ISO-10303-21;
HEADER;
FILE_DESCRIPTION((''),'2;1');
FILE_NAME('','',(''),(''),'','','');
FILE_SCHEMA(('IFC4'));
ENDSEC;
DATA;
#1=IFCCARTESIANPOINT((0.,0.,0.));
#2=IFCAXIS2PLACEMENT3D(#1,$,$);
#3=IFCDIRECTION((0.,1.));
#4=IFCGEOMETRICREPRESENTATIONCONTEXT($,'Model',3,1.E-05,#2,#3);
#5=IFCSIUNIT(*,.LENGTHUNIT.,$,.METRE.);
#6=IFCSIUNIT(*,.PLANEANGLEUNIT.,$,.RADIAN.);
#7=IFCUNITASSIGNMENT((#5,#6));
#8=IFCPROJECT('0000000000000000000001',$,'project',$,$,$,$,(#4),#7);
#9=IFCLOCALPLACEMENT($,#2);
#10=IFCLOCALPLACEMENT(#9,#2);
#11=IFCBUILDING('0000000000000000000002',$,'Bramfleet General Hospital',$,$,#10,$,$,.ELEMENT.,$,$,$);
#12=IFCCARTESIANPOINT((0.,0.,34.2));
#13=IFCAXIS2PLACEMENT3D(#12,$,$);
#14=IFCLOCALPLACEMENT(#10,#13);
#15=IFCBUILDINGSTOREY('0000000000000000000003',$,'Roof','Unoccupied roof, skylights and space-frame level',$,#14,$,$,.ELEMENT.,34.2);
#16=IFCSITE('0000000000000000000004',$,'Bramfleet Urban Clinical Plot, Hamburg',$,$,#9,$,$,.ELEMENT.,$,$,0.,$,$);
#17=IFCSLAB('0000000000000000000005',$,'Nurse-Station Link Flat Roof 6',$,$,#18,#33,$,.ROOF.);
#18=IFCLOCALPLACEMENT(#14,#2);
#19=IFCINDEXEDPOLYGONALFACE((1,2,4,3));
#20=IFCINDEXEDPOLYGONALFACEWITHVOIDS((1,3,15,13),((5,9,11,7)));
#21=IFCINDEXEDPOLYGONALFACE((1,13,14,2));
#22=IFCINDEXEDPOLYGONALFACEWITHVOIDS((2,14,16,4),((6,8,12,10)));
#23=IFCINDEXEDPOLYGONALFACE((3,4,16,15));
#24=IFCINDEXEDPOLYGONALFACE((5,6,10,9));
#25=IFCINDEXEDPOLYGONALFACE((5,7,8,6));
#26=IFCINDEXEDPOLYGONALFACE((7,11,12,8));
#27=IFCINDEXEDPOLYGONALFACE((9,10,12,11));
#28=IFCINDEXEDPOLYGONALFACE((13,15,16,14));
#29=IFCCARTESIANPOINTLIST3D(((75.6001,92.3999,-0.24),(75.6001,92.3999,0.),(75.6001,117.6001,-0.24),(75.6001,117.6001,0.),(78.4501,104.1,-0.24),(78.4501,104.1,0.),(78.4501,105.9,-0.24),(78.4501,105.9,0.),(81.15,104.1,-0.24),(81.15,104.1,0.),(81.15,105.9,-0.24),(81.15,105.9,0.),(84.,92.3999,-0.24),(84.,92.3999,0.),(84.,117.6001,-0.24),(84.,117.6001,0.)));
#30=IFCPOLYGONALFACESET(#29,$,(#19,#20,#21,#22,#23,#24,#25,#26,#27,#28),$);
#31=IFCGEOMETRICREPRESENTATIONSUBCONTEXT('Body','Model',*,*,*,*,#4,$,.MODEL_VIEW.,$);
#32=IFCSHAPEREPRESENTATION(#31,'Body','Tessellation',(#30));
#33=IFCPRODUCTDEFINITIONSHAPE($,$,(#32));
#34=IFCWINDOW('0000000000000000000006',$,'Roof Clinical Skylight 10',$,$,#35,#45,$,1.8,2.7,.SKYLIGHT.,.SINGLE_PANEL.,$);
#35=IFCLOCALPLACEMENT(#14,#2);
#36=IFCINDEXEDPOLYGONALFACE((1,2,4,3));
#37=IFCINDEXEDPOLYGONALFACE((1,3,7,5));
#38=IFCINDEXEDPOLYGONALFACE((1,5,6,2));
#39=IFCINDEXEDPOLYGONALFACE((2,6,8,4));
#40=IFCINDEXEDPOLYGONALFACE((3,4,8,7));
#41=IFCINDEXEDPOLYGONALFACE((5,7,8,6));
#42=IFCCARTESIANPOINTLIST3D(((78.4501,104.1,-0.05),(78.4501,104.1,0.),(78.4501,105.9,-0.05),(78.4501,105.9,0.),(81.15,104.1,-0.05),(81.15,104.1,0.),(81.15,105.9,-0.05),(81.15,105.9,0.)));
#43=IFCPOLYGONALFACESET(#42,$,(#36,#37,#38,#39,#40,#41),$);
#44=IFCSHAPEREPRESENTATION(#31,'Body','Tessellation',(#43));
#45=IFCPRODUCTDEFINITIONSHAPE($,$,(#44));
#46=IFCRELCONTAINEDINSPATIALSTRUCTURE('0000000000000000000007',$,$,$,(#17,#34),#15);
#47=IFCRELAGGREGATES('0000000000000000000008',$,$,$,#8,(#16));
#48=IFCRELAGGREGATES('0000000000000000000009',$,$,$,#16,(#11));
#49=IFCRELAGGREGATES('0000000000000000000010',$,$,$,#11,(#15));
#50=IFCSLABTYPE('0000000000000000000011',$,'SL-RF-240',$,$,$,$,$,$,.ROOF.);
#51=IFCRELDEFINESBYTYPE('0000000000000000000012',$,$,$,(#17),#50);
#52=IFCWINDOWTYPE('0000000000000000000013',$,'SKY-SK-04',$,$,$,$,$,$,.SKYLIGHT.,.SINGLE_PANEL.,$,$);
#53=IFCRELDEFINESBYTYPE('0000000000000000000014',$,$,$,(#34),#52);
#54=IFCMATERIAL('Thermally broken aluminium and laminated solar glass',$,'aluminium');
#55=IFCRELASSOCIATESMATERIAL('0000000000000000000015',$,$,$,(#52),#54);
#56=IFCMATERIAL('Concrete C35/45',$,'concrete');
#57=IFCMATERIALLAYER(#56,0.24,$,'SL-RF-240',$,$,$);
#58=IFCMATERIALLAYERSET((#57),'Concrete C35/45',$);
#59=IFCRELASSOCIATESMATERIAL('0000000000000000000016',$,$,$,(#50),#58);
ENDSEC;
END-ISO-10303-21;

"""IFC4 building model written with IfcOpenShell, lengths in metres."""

from ifc_helpers import new_model, si_unit, direction, frame, origin, origin_2d, place, context, subcontext, project, spatial, polyline, rectangle, outline, extrude, material, layer, layer_set, type_object, element, fill, save


model = new_model("IFC4")

# Units and contexts
model_context = context("Model", 3, precision=1e-05, world=origin(), true_north=direction((0.0, 1.0)))
body_context = subcontext(model_context, "Body", "Model", "MODEL_VIEW")
ifc_project = project(units=[si_unit("LENGTHUNIT", "METRE"), si_unit("PLANEANGLEUNIT", "RADIAN")], contexts=[model_context])

# Site, building, storey
site_placement = place(None, origin())
site = spatial("IfcSite", under=ifc_project, at=site_placement, Name="Bramfleet Urban Clinical Plot, Hamburg", CompositionType="ELEMENT", RefElevation=0.0)
building_placement = place(site_placement, origin())
building = spatial("IfcBuilding", under=site, at=building_placement, Name="Bramfleet General Hospital", CompositionType="ELEMENT")
storey_placement = place(building_placement, frame((0.0, 0.0, 34.2)))
storey = spatial("IfcBuildingStorey", under=building, at=storey_placement, Name="Roof", Description="Unoccupied roof, skylights and space-frame level", CompositionType="ELEMENT", Elevation=34.2)

# Shared definitions
ifc_material_1 = material(Name="Concrete C35/45", Category="concrete")
ifc_material_2 = material(Name="Thermally broken aluminium and laminated solar glass", Category="aluminium")

# Shared definitions
window_type_1 = type_object("IfcWindowType", Name="SKY-SK-04", PartitioningType="SINGLE_PANEL", PredefinedType="SKYLIGHT", material=ifc_material_2)

# Shared definitions
ifc_layer_1 = layer(ifc_material_1, 0.24, Name="SL-RF-240")
ifc_layer_set_1 = layer_set([ifc_layer_1], Name="Concrete C35/45")
slab_type_1 = type_object("IfcSlabType", Name="SL-RF-240", PredefinedType="ROOF", material=ifc_layer_set_1)

# Slab, opening, window
slab_1_placement = place(storey_placement, frame((0.0, 0.0, -0.24)))
slab_1 = element("IfcSlab", 1, at=slab_1_placement, inside=storey, type_object=slab_type_1, Name="Nurse-Station Link Flat Roof 6", PredefinedType="ROOF", context=body_context, shape_type="SweptSolid", body=[
    extrude(outline(polyline([(75.6001, 92.3999), (75.6001, 117.6001), (84.0, 117.6001), (84.0, 92.3999), (75.6001, 92.3999)])), origin(), (0.0, 0.0, 1.0), 0.24),
])
opening_1_placement = place(slab_1_placement, frame((79.8, 105.0, -0.01)))
opening_1 = element("IfcOpeningElement", 2, at=opening_1_placement, cuts=slab_1, PredefinedType="OPENING", context=body_context, shape_type="SweptSolid", body=[
    extrude(rectangle(XDim=2.7, YDim=1.8, at=origin_2d()), origin(), (0.0, 0.0, 1.0), 0.26),
])
window_1_placement = place(slab_1_placement, frame((79.8, 105.0, 0.1899)))
window_1 = element("IfcWindow", 3, at=window_1_placement, inside=storey, type_object=window_type_1, Name="Roof Clinical Skylight 10", OverallHeight=1.8, OverallWidth=2.7, PartitioningType="SINGLE_PANEL", PredefinedType="SKYLIGHT", context=body_context, shape_type="SweptSolid", body=[
    extrude(rectangle(XDim=2.7, YDim=1.8, at=origin_2d()), origin(), (0.0, 0.0, 1.0), 0.05),
])
fill(opening_1, window_1)

save(model, "model.ifc")
